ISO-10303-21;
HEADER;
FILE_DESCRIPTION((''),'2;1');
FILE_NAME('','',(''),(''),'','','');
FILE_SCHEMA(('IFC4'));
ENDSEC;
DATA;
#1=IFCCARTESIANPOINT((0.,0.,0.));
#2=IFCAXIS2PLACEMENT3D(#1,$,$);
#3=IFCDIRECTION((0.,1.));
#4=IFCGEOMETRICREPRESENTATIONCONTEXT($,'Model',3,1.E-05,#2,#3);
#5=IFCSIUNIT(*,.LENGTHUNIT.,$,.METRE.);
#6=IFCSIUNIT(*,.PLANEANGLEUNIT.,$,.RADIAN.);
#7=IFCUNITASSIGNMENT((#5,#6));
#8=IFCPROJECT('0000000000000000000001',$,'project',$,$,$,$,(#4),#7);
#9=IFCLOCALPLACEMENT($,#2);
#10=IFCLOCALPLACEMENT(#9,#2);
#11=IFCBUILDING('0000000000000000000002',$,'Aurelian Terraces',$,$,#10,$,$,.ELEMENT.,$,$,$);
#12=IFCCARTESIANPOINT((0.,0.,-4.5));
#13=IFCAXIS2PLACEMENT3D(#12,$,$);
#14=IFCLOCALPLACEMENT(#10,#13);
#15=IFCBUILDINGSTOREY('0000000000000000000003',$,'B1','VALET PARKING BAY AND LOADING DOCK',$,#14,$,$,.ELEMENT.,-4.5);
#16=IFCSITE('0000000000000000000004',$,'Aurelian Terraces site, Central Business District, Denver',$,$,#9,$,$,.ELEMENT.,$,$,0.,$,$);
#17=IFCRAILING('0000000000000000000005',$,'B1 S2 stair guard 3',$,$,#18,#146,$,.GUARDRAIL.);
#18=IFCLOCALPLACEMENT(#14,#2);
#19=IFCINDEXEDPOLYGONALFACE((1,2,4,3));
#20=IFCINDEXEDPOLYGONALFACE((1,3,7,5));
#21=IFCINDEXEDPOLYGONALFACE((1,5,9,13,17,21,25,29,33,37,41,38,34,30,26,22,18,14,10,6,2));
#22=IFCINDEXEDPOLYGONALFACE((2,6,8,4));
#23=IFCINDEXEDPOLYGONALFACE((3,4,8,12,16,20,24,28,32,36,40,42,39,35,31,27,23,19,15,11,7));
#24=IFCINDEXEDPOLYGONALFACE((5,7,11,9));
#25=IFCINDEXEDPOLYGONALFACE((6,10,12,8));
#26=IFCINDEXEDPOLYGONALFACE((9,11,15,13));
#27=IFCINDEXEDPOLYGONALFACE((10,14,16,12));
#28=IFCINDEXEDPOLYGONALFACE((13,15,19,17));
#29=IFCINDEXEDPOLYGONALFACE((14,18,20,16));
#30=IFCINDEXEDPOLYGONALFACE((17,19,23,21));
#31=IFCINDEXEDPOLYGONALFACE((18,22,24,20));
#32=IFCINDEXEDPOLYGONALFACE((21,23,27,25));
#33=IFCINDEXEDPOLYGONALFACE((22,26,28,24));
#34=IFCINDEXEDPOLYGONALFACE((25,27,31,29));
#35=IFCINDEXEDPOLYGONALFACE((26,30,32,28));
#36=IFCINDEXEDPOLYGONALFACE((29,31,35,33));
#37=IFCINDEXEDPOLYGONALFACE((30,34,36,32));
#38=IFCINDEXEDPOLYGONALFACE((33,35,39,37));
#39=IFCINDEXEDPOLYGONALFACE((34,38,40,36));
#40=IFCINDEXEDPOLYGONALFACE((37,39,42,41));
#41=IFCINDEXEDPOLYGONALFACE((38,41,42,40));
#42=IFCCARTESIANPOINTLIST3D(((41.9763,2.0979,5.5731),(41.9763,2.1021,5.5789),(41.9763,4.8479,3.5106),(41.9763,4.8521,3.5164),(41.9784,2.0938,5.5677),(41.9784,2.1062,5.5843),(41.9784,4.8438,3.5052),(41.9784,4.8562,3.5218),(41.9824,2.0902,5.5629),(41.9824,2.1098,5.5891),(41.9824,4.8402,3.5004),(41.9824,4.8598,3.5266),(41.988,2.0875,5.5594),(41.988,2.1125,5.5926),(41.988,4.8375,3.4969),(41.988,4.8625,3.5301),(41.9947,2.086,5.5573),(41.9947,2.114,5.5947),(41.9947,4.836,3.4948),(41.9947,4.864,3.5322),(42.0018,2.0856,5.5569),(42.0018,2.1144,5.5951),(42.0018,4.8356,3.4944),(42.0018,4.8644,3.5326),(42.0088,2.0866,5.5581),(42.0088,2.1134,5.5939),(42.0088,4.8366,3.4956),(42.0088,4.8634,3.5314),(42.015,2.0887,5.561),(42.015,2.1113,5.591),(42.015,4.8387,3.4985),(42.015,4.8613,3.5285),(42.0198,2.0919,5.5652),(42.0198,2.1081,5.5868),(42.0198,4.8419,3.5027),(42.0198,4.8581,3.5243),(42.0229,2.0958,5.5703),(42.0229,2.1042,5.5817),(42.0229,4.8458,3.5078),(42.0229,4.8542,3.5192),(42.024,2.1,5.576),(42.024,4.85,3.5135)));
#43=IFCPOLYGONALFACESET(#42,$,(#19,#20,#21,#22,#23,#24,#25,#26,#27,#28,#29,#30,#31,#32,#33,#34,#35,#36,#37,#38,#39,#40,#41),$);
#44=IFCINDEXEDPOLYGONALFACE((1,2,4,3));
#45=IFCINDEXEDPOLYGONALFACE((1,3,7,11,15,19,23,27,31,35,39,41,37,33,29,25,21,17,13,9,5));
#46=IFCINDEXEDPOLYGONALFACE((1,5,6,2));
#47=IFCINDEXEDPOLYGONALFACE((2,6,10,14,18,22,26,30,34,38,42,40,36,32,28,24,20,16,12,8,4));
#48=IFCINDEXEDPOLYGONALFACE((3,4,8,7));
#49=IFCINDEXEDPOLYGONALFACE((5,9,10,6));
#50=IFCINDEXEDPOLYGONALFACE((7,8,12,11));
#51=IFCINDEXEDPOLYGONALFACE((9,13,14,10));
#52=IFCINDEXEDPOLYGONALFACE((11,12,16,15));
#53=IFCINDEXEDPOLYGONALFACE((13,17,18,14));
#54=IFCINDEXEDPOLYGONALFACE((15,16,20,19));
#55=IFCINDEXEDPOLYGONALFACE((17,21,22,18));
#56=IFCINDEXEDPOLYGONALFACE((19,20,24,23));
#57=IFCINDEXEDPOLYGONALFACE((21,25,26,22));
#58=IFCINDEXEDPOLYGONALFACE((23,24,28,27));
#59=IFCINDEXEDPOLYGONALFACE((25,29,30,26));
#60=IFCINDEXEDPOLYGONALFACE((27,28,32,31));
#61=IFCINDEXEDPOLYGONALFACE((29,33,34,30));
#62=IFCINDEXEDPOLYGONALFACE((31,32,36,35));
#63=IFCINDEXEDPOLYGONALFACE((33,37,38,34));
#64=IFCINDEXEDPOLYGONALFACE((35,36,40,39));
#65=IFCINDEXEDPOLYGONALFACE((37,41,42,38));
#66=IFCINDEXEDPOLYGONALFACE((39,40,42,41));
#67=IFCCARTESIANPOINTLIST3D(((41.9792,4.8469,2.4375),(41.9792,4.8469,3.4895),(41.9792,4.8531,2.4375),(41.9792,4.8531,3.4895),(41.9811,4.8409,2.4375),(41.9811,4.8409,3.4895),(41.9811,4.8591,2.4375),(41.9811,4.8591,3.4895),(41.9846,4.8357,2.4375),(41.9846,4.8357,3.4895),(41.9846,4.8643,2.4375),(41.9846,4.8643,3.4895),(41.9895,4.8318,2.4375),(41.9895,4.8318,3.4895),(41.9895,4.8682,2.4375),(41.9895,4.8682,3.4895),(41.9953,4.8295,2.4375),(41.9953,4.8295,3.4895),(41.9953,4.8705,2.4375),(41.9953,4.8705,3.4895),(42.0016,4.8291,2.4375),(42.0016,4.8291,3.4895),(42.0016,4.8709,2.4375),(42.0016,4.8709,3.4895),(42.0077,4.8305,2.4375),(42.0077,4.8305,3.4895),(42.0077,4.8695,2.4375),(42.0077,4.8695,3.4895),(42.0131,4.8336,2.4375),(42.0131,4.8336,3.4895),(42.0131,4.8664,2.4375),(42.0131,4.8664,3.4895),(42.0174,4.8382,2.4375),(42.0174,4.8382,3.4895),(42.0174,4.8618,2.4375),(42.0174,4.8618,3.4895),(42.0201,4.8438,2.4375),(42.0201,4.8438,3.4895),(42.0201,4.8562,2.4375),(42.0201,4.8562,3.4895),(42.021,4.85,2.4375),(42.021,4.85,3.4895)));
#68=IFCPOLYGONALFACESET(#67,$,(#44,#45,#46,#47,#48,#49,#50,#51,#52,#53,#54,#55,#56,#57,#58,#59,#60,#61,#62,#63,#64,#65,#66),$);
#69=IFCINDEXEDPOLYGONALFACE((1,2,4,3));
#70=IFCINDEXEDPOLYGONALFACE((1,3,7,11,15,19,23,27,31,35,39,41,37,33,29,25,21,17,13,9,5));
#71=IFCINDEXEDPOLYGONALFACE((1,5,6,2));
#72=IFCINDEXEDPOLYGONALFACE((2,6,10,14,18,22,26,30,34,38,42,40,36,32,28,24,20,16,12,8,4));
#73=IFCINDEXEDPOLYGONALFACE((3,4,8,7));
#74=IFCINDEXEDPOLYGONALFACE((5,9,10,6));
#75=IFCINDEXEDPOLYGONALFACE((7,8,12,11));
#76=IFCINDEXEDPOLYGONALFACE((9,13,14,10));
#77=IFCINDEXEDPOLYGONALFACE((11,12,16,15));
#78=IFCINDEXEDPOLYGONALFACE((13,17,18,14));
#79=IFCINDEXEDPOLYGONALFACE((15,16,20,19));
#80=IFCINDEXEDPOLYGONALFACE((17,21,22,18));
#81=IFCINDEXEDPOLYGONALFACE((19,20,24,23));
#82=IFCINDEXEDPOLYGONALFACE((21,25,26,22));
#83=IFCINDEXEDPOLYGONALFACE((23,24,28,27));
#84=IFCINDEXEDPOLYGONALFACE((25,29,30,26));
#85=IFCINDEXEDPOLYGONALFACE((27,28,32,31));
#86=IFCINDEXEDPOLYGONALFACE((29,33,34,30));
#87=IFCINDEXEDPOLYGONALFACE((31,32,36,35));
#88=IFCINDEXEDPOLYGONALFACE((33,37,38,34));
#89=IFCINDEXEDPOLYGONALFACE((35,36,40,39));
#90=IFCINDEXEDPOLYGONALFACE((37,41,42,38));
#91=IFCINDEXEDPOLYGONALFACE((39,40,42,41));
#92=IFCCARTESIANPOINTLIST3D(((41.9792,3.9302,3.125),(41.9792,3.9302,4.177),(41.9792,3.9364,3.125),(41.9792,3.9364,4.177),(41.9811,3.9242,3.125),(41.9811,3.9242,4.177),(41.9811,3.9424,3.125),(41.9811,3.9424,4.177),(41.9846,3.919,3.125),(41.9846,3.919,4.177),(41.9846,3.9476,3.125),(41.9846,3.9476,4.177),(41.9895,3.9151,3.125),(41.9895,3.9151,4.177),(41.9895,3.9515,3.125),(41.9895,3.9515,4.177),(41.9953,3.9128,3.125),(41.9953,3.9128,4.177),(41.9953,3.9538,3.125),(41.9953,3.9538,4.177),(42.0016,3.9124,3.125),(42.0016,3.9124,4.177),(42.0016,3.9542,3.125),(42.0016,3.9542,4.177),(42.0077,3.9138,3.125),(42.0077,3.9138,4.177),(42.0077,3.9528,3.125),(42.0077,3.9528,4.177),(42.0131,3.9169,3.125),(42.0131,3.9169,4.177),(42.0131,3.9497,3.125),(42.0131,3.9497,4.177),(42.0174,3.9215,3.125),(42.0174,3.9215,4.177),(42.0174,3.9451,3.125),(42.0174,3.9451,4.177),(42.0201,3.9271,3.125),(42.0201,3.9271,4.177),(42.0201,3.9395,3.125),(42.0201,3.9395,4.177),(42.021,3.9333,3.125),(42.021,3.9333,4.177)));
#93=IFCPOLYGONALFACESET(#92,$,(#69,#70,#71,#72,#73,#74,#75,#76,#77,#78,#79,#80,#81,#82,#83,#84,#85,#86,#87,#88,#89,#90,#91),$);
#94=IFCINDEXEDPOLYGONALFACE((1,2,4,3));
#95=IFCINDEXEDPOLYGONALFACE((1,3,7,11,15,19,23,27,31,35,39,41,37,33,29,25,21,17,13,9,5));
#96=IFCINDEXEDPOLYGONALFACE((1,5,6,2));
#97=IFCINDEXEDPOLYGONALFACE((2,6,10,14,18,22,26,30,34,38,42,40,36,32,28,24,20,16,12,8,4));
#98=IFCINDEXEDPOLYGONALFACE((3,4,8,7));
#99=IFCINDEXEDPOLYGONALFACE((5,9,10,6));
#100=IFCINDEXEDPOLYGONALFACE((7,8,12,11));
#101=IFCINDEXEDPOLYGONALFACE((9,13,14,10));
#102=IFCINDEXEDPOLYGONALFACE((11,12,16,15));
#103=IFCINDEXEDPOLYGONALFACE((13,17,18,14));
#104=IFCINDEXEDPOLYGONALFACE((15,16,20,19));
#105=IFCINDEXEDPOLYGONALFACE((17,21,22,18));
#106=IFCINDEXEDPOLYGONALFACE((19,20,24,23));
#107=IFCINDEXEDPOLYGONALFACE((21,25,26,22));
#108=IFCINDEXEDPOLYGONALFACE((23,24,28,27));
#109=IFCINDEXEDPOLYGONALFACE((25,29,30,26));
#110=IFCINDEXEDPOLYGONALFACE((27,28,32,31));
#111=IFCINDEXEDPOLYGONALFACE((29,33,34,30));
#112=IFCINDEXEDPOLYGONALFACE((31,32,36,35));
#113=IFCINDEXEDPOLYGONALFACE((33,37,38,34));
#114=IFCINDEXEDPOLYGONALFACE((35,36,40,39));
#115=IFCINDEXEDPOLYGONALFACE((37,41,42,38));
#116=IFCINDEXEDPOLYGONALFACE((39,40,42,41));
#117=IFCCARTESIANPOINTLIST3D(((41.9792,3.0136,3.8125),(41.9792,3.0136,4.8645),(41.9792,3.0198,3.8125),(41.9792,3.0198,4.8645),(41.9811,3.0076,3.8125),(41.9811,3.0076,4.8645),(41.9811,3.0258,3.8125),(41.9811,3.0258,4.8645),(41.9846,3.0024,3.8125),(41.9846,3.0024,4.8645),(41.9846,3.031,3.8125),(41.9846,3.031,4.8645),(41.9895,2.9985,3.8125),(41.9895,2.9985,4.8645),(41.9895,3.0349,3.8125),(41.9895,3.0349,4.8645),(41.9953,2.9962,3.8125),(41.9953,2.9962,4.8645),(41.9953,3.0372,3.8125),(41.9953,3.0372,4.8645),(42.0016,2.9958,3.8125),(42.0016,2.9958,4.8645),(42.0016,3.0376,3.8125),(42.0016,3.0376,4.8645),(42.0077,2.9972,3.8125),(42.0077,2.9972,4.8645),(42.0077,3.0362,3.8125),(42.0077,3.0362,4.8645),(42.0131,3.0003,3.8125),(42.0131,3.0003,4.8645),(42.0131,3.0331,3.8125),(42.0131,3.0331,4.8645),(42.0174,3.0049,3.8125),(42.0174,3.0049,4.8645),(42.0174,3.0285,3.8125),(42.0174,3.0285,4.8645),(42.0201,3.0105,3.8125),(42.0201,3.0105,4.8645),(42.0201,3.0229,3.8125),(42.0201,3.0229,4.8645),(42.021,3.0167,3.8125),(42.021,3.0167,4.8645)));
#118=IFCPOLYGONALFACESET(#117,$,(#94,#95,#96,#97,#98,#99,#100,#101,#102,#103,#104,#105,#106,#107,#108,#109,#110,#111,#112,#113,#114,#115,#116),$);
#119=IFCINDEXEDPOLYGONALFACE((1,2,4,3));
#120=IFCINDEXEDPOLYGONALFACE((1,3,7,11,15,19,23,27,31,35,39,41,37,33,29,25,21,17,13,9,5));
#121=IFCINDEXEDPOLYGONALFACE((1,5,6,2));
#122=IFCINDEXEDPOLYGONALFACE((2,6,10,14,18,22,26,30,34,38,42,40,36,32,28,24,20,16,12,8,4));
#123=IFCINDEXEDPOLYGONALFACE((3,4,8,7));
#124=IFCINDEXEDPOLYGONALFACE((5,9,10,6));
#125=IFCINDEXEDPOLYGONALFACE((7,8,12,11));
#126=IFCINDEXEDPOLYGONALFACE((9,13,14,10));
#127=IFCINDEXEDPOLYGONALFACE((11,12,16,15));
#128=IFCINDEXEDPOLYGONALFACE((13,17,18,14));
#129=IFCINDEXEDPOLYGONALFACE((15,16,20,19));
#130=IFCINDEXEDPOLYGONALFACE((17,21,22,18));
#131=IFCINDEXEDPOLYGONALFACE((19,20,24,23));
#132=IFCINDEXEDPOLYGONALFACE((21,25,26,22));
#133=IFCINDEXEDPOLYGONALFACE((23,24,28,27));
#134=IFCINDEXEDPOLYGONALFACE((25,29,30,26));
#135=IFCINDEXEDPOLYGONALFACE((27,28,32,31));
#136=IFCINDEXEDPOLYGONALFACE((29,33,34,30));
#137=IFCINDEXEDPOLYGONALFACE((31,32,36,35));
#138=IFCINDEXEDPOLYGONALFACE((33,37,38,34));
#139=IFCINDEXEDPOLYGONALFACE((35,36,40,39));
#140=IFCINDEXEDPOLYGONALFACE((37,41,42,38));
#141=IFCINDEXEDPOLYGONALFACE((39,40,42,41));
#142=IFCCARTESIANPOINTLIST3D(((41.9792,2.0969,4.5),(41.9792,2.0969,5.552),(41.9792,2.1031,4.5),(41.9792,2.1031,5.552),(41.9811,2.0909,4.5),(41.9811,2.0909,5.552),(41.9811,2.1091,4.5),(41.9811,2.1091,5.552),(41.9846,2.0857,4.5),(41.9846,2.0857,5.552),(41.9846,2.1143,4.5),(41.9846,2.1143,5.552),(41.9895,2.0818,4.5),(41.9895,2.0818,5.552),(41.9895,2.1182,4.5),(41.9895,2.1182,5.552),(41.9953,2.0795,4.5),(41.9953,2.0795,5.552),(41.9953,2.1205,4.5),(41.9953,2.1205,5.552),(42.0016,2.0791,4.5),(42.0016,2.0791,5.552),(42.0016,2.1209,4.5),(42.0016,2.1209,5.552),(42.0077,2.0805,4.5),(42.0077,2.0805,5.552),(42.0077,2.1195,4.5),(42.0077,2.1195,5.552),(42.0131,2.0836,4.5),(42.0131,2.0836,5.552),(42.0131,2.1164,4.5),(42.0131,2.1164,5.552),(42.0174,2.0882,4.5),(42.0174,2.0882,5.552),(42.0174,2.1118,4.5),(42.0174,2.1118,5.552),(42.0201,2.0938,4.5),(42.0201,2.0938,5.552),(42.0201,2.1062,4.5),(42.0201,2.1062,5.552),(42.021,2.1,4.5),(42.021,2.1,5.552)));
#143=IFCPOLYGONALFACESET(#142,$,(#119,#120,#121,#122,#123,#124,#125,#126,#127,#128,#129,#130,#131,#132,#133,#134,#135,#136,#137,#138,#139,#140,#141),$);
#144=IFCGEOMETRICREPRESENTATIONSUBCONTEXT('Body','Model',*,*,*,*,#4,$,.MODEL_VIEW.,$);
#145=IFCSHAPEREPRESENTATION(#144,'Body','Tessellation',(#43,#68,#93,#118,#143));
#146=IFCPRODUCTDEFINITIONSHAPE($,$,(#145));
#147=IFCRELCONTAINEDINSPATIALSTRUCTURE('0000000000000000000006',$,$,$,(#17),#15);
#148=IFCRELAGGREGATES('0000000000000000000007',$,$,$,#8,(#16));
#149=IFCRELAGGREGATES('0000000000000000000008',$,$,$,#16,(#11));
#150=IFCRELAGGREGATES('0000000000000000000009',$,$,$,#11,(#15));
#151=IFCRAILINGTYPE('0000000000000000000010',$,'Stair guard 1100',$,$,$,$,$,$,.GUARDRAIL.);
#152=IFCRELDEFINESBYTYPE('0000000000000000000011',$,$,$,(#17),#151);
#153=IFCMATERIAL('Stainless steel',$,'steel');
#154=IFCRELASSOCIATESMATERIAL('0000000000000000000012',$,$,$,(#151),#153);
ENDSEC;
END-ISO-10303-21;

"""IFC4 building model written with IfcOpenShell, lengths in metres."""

from ifc_helpers import new_model, si_unit, direction, frame, origin, origin_2d, place, context, subcontext, project, spatial, circle, extrude, source, transform, mapped, material, type_object, element, save


model = new_model("IFC4")

# Units and contexts
model_context = context("Model", 3, precision=1e-05, world=origin(), true_north=direction((0.0, 1.0)))
body_context = subcontext(model_context, "Body", "Model", "MODEL_VIEW")
ifc_project = project(units=[si_unit("LENGTHUNIT", "METRE"), si_unit("PLANEANGLEUNIT", "RADIAN")], contexts=[model_context])

# Site, building, storey
site_placement = place(None, origin())
site = spatial("IfcSite", under=ifc_project, at=site_placement, Name="Aurelian Terraces site, Central Business District, Denver", CompositionType="ELEMENT", RefElevation=0.0)
building_placement = place(site_placement, origin())
building = spatial("IfcBuilding", under=site, at=building_placement, Name="Aurelian Terraces", CompositionType="ELEMENT")
storey_placement = place(building_placement, frame((0.0, 0.0, -4.5)))
storey = spatial("IfcBuildingStorey", under=building, at=storey_placement, Name="B1", Description="VALET PARKING BAY AND LOADING DOCK", CompositionType="ELEMENT", Elevation=-4.5)

# Railing
ifc_material_1 = material(Name="Stainless steel", Category="steel")
railing_type_1 = type_object("IfcRailingType", Name="Stair guard 1100", PredefinedType="GUARDRAIL", material=ifc_material_1)
shared_shape_1 = source(origin(), body_context, "Body", "SweptSolid", [
    extrude(circle(Radius=0.024, at=origin_2d()), frame((0.0, 0.0, 1.076), z_axis=(0.0, -0.8, 0.6), x_axis=(1.0, 0.0, 0.0)), (0.0, 0.0, 1.0), 3.4375),
    extrude(circle(Radius=0.021, at=origin_2d()), origin(), (0.0, 0.0, 1.0), 1.052),
    extrude(circle(Radius=0.021, at=origin_2d()), frame((0.0, -0.9167, 0.6875)), (0.0, 0.0, 1.0), 1.052),
    extrude(circle(Radius=0.021, at=origin_2d()), frame((0.0, -1.8333, 1.375)), (0.0, 0.0, 1.0), 1.052),
    extrude(circle(Radius=0.021, at=origin_2d()), frame((0.0, -2.75, 2.0625)), (0.0, 0.0, 1.0), 1.052),
])
railing_1_placement = place(storey_placement, frame((42.0, 4.85, 2.4375)))
element("IfcRailing", 1, at=railing_1_placement, inside=storey, type_object=railing_type_1, Name="B1 S2 stair guard 3", PredefinedType="GUARDRAIL", context=body_context, shape_type="MappedRepresentation", body=[
    mapped(shared_shape_1, transform((0.0, 0.0, 0.0), scale=1.0)),
])

save(model, "model.ifc")
